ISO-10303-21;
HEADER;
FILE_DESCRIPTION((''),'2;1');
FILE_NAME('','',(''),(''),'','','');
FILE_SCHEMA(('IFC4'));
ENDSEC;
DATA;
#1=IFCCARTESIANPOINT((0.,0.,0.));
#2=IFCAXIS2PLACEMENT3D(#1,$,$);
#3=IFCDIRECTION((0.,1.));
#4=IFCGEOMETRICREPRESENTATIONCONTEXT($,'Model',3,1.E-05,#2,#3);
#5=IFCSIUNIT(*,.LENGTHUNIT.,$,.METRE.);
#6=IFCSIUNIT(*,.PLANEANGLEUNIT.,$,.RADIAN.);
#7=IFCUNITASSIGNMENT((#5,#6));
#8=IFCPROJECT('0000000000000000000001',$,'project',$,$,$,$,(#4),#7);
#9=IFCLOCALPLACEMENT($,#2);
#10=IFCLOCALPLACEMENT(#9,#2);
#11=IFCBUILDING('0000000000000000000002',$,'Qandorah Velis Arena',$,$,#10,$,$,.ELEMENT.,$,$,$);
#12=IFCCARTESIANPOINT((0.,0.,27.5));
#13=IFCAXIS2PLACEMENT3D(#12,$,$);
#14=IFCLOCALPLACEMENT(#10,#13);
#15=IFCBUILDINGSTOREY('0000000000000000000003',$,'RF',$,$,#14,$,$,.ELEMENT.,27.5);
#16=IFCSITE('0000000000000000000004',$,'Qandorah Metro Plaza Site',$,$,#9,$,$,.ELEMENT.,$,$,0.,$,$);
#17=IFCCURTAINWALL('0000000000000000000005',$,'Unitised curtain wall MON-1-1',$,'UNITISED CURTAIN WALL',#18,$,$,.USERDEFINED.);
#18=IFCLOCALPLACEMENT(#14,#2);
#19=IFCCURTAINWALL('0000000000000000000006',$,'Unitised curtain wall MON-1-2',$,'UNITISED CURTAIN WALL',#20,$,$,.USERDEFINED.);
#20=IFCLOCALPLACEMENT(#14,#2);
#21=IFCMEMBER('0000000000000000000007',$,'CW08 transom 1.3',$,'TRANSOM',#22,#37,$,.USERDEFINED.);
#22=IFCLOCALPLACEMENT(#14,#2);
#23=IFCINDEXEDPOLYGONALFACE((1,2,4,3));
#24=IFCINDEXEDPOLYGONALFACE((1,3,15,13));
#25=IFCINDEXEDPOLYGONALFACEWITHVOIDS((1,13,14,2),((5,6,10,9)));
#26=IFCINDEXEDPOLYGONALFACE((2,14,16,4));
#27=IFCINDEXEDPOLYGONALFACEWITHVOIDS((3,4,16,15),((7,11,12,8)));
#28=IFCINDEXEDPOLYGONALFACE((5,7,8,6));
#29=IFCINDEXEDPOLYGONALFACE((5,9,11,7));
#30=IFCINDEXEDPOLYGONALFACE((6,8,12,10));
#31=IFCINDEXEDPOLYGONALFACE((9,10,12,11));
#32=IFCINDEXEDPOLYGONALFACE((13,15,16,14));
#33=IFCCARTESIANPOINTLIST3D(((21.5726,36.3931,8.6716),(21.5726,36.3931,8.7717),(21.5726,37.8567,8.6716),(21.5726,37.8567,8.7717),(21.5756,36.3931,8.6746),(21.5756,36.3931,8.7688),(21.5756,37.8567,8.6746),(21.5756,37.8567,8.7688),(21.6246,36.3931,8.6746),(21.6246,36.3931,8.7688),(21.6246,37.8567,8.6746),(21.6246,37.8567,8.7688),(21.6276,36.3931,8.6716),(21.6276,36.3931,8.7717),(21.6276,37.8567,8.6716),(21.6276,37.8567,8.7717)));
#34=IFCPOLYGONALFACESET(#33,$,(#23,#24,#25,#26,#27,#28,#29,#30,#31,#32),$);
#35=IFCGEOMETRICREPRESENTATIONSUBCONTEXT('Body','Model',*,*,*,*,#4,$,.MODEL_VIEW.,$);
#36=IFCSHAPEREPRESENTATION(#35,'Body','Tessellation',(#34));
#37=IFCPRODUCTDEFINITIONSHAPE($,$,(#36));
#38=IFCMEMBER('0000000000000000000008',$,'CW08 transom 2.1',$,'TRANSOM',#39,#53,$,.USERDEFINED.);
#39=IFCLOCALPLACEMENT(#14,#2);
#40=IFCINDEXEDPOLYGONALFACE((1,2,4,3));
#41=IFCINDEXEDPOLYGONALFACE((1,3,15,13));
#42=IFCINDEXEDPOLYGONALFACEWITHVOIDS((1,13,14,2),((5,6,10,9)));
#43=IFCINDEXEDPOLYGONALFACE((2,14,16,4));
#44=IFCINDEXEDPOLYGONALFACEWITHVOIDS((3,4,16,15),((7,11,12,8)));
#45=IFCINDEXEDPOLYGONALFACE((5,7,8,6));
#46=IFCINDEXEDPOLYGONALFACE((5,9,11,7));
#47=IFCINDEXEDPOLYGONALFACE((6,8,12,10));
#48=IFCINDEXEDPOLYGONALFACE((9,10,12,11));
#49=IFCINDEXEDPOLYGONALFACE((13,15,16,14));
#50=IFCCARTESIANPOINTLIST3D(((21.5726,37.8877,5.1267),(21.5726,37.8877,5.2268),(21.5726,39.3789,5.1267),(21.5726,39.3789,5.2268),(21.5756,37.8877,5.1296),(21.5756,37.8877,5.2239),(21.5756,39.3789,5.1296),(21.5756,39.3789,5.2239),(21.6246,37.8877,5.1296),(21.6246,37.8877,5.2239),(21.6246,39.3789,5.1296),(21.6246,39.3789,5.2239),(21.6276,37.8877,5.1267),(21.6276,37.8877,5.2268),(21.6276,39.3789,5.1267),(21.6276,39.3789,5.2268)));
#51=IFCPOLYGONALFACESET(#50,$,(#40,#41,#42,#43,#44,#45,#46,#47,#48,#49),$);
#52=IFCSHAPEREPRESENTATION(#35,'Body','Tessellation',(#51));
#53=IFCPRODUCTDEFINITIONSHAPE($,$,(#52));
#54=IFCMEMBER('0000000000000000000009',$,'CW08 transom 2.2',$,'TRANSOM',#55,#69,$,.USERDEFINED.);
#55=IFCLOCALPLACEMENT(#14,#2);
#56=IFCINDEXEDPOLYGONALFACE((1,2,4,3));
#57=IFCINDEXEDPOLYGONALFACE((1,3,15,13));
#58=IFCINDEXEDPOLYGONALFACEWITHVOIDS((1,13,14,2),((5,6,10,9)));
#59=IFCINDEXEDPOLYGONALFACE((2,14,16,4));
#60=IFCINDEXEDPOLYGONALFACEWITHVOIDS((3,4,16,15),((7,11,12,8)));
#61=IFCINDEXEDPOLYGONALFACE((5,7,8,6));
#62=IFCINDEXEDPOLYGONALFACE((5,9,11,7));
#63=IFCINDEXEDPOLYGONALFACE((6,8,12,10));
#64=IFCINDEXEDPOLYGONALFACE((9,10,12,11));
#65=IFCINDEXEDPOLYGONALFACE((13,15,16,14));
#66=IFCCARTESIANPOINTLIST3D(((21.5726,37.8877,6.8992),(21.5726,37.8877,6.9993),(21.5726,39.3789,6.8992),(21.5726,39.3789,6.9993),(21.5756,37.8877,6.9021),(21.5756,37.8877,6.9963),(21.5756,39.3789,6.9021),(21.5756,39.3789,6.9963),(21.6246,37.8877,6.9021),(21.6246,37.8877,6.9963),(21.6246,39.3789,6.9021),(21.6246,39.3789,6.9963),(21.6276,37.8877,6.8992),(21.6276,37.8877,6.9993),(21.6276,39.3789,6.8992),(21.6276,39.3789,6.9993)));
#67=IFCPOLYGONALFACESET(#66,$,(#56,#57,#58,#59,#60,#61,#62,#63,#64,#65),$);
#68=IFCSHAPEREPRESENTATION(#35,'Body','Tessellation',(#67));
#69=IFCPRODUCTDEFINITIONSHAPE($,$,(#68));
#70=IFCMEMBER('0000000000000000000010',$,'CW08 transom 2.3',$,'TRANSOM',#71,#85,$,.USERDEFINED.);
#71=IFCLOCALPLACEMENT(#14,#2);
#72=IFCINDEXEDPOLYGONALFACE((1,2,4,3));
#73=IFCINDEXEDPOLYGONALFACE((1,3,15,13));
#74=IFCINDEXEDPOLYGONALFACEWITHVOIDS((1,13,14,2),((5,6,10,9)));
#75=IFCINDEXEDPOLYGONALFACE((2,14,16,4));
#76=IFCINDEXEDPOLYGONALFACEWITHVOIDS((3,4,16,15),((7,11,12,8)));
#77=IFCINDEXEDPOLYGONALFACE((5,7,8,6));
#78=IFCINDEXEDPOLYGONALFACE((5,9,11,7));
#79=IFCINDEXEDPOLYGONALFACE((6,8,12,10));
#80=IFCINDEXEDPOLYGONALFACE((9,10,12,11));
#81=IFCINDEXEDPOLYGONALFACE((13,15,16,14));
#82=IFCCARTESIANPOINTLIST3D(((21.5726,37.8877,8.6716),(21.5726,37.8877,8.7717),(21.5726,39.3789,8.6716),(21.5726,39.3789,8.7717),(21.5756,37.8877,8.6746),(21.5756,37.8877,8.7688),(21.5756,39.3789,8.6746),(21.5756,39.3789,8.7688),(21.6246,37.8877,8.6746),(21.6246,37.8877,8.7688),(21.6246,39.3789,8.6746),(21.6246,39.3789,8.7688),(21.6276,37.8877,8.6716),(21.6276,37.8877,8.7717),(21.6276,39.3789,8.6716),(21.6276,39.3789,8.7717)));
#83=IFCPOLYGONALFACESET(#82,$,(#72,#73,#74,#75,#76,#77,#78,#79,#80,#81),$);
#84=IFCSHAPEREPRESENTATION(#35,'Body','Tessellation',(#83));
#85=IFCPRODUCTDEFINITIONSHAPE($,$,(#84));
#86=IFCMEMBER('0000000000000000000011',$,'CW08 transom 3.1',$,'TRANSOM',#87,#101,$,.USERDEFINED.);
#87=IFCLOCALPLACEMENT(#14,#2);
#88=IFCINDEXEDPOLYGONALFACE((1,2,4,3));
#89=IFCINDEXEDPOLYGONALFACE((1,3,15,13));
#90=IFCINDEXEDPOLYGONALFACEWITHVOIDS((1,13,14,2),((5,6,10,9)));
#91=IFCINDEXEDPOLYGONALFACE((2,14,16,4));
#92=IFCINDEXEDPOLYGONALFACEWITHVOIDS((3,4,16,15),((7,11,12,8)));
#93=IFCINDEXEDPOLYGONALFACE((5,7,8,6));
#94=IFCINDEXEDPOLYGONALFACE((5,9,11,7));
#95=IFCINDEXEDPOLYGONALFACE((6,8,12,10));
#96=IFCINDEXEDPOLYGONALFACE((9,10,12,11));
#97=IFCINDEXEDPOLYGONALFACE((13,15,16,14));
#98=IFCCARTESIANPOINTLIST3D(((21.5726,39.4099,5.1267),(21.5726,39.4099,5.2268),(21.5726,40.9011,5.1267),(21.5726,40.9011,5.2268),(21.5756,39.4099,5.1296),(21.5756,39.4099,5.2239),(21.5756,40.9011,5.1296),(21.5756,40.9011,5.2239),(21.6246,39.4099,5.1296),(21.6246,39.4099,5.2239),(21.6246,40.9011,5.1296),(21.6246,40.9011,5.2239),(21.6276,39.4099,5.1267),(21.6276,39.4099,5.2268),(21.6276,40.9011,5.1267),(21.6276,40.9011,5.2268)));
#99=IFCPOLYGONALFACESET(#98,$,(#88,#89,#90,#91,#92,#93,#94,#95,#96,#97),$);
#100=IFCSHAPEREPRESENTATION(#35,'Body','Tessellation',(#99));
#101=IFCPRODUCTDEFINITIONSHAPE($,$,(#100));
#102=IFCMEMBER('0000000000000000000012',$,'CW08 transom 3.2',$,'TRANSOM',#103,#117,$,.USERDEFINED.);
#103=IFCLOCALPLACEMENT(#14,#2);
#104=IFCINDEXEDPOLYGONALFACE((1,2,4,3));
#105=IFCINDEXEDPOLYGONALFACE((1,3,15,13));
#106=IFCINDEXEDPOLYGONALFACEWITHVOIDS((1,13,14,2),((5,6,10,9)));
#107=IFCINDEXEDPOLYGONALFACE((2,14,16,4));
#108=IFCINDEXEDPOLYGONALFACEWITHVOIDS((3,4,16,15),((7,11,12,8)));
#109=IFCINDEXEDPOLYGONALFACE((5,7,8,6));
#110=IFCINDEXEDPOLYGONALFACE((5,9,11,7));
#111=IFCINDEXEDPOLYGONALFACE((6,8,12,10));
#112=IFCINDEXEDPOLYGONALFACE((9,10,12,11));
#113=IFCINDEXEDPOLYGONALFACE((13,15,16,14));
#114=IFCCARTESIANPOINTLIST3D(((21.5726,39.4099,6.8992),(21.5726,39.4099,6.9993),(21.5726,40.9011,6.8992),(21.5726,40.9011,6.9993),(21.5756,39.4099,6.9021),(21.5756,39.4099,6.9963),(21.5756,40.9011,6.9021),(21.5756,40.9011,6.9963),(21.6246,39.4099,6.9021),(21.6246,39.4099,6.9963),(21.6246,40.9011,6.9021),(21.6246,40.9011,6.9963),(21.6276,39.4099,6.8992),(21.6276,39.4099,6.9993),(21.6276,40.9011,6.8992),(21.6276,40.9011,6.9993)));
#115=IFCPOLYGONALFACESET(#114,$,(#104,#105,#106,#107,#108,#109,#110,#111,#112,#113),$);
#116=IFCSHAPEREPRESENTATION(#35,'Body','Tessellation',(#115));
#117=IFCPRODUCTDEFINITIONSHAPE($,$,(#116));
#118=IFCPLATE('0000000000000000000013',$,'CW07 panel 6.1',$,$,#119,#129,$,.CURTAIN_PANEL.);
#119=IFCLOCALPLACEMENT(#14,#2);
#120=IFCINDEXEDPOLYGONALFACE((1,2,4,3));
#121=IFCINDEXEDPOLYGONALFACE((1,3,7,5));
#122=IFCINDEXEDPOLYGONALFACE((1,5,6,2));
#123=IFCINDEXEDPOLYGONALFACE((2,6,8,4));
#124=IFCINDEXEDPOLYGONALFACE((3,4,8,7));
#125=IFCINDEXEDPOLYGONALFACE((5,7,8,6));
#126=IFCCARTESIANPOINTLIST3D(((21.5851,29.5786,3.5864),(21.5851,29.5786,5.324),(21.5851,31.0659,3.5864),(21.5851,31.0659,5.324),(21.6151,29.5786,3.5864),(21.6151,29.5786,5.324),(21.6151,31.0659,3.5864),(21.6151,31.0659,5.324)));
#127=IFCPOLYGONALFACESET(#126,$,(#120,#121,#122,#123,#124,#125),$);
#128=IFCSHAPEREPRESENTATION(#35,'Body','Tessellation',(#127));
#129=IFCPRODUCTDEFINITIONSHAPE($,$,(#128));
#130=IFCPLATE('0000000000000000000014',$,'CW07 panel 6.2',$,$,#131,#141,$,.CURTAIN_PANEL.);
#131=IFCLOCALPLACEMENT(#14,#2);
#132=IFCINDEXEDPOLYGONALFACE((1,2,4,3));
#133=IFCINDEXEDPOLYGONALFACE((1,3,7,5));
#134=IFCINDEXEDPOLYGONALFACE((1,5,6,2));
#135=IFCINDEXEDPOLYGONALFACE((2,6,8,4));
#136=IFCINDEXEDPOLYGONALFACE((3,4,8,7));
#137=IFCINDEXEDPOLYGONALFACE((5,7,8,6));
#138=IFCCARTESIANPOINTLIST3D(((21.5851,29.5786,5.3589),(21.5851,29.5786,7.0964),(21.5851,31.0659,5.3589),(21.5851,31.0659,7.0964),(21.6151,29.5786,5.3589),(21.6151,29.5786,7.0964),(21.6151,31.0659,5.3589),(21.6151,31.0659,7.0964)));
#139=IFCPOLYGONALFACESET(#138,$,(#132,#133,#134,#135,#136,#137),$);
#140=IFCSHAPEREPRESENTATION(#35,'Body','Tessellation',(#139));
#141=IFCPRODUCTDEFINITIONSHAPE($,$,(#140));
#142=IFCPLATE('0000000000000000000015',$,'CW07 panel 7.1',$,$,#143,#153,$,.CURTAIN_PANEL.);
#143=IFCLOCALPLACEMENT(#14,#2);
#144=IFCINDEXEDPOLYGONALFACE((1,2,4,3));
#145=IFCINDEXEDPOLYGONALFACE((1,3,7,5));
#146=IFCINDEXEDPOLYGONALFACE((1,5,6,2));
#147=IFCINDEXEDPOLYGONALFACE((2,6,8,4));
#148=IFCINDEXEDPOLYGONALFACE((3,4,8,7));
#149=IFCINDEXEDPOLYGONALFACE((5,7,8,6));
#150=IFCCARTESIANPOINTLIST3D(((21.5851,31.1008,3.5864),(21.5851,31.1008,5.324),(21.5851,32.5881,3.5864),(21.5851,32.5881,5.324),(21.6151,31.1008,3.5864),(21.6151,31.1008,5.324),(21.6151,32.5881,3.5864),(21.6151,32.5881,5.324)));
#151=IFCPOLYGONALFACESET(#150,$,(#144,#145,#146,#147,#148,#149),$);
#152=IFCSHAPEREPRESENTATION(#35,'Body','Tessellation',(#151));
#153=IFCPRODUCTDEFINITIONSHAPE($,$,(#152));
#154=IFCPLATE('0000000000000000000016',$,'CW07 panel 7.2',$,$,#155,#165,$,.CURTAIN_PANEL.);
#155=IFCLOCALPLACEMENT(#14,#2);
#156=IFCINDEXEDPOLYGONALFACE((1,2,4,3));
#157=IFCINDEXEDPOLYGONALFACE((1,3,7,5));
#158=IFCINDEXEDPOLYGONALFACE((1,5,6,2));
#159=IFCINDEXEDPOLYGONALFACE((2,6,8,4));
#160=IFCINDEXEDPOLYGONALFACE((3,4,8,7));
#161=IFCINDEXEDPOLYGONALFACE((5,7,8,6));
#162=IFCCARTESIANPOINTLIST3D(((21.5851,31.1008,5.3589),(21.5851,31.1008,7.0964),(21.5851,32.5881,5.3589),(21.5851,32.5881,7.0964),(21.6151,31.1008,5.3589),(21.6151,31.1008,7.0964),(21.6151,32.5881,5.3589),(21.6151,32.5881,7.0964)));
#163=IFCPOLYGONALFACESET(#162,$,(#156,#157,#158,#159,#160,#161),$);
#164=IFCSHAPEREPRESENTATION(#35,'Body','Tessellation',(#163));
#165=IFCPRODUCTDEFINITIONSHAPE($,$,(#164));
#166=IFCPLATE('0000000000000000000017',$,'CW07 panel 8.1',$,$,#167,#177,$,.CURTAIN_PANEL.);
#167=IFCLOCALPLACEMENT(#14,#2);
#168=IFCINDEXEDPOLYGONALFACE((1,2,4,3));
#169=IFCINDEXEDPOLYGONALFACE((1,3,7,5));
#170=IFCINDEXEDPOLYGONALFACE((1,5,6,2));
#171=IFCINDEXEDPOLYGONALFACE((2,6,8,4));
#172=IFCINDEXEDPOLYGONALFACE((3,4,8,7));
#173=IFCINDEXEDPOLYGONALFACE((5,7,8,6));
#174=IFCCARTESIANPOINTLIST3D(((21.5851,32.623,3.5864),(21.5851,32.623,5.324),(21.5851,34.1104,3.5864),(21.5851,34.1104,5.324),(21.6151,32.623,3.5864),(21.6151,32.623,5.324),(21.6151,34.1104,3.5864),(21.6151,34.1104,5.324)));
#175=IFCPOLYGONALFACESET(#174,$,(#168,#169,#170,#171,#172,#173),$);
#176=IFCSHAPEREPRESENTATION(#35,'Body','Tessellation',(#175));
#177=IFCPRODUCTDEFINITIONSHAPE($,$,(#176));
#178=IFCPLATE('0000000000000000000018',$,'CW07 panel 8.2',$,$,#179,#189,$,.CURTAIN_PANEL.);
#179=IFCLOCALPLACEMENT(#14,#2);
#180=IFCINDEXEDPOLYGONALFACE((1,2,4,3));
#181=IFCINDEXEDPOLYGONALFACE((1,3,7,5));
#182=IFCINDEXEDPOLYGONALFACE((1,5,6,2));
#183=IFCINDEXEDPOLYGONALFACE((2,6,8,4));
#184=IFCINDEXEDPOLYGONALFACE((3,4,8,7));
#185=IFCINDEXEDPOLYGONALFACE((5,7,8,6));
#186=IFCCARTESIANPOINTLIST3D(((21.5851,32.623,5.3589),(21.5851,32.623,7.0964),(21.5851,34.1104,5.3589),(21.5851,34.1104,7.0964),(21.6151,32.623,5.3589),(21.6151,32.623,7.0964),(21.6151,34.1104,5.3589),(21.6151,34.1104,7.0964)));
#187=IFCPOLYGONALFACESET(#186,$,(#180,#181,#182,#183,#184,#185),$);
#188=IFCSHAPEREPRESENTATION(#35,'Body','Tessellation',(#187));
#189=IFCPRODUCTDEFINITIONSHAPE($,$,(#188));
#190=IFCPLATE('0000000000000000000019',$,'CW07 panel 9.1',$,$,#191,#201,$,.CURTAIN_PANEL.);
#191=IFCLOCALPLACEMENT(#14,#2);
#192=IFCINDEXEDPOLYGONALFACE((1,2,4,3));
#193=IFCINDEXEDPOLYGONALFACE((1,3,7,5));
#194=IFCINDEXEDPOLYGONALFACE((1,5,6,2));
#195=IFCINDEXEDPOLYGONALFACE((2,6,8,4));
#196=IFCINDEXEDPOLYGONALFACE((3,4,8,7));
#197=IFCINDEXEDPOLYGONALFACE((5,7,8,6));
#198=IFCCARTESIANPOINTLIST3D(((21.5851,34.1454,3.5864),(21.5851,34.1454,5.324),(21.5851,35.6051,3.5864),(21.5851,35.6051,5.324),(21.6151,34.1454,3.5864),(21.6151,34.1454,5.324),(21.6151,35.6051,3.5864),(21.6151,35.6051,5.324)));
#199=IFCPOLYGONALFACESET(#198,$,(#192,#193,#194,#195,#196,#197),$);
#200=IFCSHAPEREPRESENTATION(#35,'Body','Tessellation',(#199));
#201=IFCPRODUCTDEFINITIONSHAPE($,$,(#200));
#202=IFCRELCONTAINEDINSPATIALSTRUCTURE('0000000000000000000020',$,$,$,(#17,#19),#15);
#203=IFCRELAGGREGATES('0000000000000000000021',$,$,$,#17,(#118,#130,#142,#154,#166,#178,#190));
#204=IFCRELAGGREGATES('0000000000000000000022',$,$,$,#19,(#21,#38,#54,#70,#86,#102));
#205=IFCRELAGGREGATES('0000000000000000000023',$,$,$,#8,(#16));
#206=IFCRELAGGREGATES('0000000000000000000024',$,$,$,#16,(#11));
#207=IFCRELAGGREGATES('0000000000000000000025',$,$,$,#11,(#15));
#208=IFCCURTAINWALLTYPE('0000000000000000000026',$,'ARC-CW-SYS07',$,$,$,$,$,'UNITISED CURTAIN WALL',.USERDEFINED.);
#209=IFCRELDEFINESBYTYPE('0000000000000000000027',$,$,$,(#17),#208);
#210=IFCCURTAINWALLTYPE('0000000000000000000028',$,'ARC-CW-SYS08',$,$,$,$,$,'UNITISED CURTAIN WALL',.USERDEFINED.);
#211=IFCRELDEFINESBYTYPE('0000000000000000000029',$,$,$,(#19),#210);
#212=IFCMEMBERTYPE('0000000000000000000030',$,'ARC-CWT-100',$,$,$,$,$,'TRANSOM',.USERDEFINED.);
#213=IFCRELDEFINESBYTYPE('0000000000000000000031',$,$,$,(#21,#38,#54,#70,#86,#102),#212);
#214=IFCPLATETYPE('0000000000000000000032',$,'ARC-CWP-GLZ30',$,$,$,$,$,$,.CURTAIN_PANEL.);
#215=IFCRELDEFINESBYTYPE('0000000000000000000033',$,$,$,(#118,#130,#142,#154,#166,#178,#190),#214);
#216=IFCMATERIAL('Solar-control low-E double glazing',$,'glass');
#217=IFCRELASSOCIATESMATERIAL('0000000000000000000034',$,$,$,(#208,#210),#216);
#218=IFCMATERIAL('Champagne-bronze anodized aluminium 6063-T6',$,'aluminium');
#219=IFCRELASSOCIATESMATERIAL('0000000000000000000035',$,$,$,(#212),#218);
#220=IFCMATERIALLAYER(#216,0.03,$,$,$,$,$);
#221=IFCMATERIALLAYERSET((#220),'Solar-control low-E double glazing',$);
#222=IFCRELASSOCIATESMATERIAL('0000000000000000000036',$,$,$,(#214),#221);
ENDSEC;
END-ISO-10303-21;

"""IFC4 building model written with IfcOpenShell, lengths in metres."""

from ifc_helpers import new_model, si_unit, direction, frame, origin, origin_2d, place, context, subcontext, project, spatial, rectangle, hollow_rectangle, extrude, material, layer, layer_set, material_profile, profile_set, type_object, element, aggregate, save


model = new_model("IFC4")

# Units and contexts
model_context = context("Model", 3, precision=1e-05, world=origin(), true_north=direction((0.0, 1.0)))
body_context = subcontext(model_context, "Body", "Model", "MODEL_VIEW")
ifc_project = project(units=[si_unit("LENGTHUNIT", "METRE"), si_unit("PLANEANGLEUNIT", "RADIAN")], contexts=[model_context])

# Site, building, storey
site_placement = place(None, origin())
site = spatial("IfcSite", under=ifc_project, at=site_placement, Name="Qandorah Metro Plaza Site", CompositionType="ELEMENT", RefElevation=0.0)
building_placement = place(site_placement, origin())
building = spatial("IfcBuilding", under=site, at=building_placement, Name="Qandorah Velis Arena", CompositionType="ELEMENT")
storey_placement = place(building_placement, frame((0.0, 0.0, 27.5)))
storey = spatial("IfcBuildingStorey", under=building, at=storey_placement, Name="RF", CompositionType="ELEMENT", Elevation=27.5)

# Curtain walls
ifc_material_1 = material(Name="Solar-control low-E double glazing", Category="glass")
curtain_wall_type_1 = type_object("IfcCurtainWallType", Name="ARC-CW-SYS07", ElementType="UNITISED CURTAIN WALL", PredefinedType="USERDEFINED", material=ifc_material_1)
curtain_wall_1_placement = place(storey_placement, origin())
curtain_wall_1 = element("IfcCurtainWall", 1, at=curtain_wall_1_placement, inside=storey, type_object=curtain_wall_type_1, Name="Unitised curtain wall MON-1-1", ObjectType="UNITISED CURTAIN WALL", PredefinedType="USERDEFINED")
ifc_material_2 = material(Name="Champagne-bronze anodized aluminium 6063-T6", Category="aluminium")
curtain_wall_type_2 = type_object("IfcCurtainWallType", Name="ARC-CW-SYS08", ElementType="UNITISED CURTAIN WALL", PredefinedType="USERDEFINED", material=ifc_material_1)
curtain_wall_2_placement = place(storey_placement, origin())
curtain_wall_2 = element("IfcCurtainWall", 2, at=curtain_wall_2_placement, inside=storey, type_object=curtain_wall_type_2, Name="Unitised curtain wall MON-1-2", ObjectType="UNITISED CURTAIN WALL", PredefinedType="USERDEFINED")

# Members
ifc_material_profile_1 = material_profile(ifc_material_2, hollow_rectangle(XDim=0.0549, YDim=0.1001, WallThickness=0.0029, at=origin_2d()), Name="ALU TRANSOM 55x100")
ifc_profile_set_1 = profile_set([ifc_material_profile_1], Name="Champagne-bronze anodized aluminium 6063-T6")
member_type_1 = type_object("IfcMemberType", Name="ARC-CWT-100", ElementType="TRANSOM", PredefinedType="USERDEFINED", material=ifc_profile_set_1)
member_1_placement = place(storey_placement, frame((21.6001, 36.3931, 8.7217), z_axis=(0.0, 1.0, 0.0), x_axis=(-1.0, 0.0, 0.0)))
member_1 = element("IfcMember", 3, at=member_1_placement, type_object=member_type_1, Name="CW08 transom 1.3", ObjectType="TRANSOM", PredefinedType="USERDEFINED", context=body_context, shape_type="SweptSolid", body=[
    extrude(hollow_rectangle(XDim=0.0549, YDim=0.1001, WallThickness=0.0029, at=origin_2d()), origin(), (0.0, 0.0, 1.0), 1.4636),
])
member_2_placement = place(storey_placement, frame((21.6001, 37.8877, 5.1768), z_axis=(0.0, 1.0, 0.0), x_axis=(-1.0, 0.0, 0.0)))
member_2 = element("IfcMember", 4, at=member_2_placement, type_object=member_type_1, Name="CW08 transom 2.1", ObjectType="TRANSOM", PredefinedType="USERDEFINED", context=body_context, shape_type="SweptSolid", body=[
    extrude(hollow_rectangle(XDim=0.0549, YDim=0.1001, WallThickness=0.0029, at=origin_2d()), origin(), (0.0, 0.0, 1.0), 1.4912),
])
member_3_placement = place(storey_placement, frame((21.6001, 37.8877, 6.9492), z_axis=(0.0, 1.0, 0.0), x_axis=(-1.0, 0.0, 0.0)))
member_3 = element("IfcMember", 5, at=member_3_placement, type_object=member_type_1, Name="CW08 transom 2.2", ObjectType="TRANSOM", PredefinedType="USERDEFINED", context=body_context, shape_type="SweptSolid", body=[
    extrude(hollow_rectangle(XDim=0.0549, YDim=0.1001, WallThickness=0.0029, at=origin_2d()), origin(), (0.0, 0.0, 1.0), 1.4912),
])
member_4_placement = place(storey_placement, frame((21.6001, 37.8877, 8.7217), z_axis=(0.0, 1.0, 0.0), x_axis=(-1.0, 0.0, 0.0)))
member_4 = element("IfcMember", 6, at=member_4_placement, type_object=member_type_1, Name="CW08 transom 2.3", ObjectType="TRANSOM", PredefinedType="USERDEFINED", context=body_context, shape_type="SweptSolid", body=[
    extrude(hollow_rectangle(XDim=0.0549, YDim=0.1001, WallThickness=0.0029, at=origin_2d()), origin(), (0.0, 0.0, 1.0), 1.4912),
])
member_5_placement = place(storey_placement, frame((21.6001, 39.4099, 5.1768), z_axis=(0.0, 1.0, 0.0), x_axis=(-1.0, 0.0, 0.0)))
member_5 = element("IfcMember", 7, at=member_5_placement, type_object=member_type_1, Name="CW08 transom 3.1", ObjectType="TRANSOM", PredefinedType="USERDEFINED", context=body_context, shape_type="SweptSolid", body=[
    extrude(hollow_rectangle(XDim=0.0549, YDim=0.1001, WallThickness=0.0029, at=origin_2d()), origin(), (0.0, 0.0, 1.0), 1.4912),
])
member_6_placement = place(storey_placement, frame((21.6001, 39.4099, 6.9492), z_axis=(0.0, 1.0, 0.0), x_axis=(-1.0, 0.0, 0.0)))
member_6 = element("IfcMember", 8, at=member_6_placement, type_object=member_type_1, Name="CW08 transom 3.2", ObjectType="TRANSOM", PredefinedType="USERDEFINED", context=body_context, shape_type="SweptSolid", body=[
    extrude(hollow_rectangle(XDim=0.0549, YDim=0.1001, WallThickness=0.0029, at=origin_2d()), origin(), (0.0, 0.0, 1.0), 1.4912),
])

# Plates
ifc_layer = layer(ifc_material_1, 0.03)
ifc_layer_set = layer_set([ifc_layer], Name="Solar-control low-E double glazing")
plate_type = type_object("IfcPlateType", Name="ARC-CWP-GLZ30", PredefinedType="CURTAIN_PANEL", material=ifc_layer_set)
plate_1_placement = place(storey_placement, frame((21.6001, 30.3223, 3.5864), z_axis=(0.0, 0.0, 1.0), x_axis=(0.0, 1.0, 0.0)))
plate_1 = element("IfcPlate", 9, at=plate_1_placement, type_object=plate_type, Name="CW07 panel 6.1", PredefinedType="CURTAIN_PANEL", context=body_context, shape_type="SweptSolid", body=[
    extrude(rectangle(XDim=1.4873, YDim=0.03, at=origin_2d()), origin(), (0.0, 0.0, 1.0), 1.7375),
])
plate_2_placement = place(storey_placement, frame((21.6001, 30.3223, 5.3589), z_axis=(0.0, 0.0, 1.0), x_axis=(0.0, 1.0, 0.0)))
plate_2 = element("IfcPlate", 10, at=plate_2_placement, type_object=plate_type, Name="CW07 panel 6.2", PredefinedType="CURTAIN_PANEL", context=body_context, shape_type="SweptSolid", body=[
    extrude(rectangle(XDim=1.4873, YDim=0.03, at=origin_2d()), origin(), (0.0, 0.0, 1.0), 1.7375),
])
plate_3_placement = place(storey_placement, frame((21.6001, 31.8445, 3.5864), z_axis=(0.0, 0.0, 1.0), x_axis=(0.0, 1.0, 0.0)))
plate_3 = element("IfcPlate", 11, at=plate_3_placement, type_object=plate_type, Name="CW07 panel 7.1", PredefinedType="CURTAIN_PANEL", context=body_context, shape_type="SweptSolid", body=[
    extrude(rectangle(XDim=1.4873, YDim=0.03, at=origin_2d()), origin(), (0.0, 0.0, 1.0), 1.7375),
])
plate_4_placement = place(storey_placement, frame((21.6001, 31.8445, 5.3589), z_axis=(0.0, 0.0, 1.0), x_axis=(0.0, 1.0, 0.0)))
plate_4 = element("IfcPlate", 12, at=plate_4_placement, type_object=plate_type, Name="CW07 panel 7.2", PredefinedType="CURTAIN_PANEL", context=body_context, shape_type="SweptSolid", body=[
    extrude(rectangle(XDim=1.4873, YDim=0.03, at=origin_2d()), origin(), (0.0, 0.0, 1.0), 1.7375),
])
plate_5_placement = place(storey_placement, frame((21.6001, 33.3667, 3.5864), z_axis=(0.0, 0.0, 1.0), x_axis=(0.0, 1.0, 0.0)))
plate_5 = element("IfcPlate", 13, at=plate_5_placement, type_object=plate_type, Name="CW07 panel 8.1", PredefinedType="CURTAIN_PANEL", context=body_context, shape_type="SweptSolid", body=[
    extrude(rectangle(XDim=1.4873, YDim=0.03, at=origin_2d()), origin(), (0.0, 0.0, 1.0), 1.7375),
])
plate_6_placement = place(storey_placement, frame((21.6001, 33.3667, 5.3589), z_axis=(0.0, 0.0, 1.0), x_axis=(0.0, 1.0, 0.0)))
plate_6 = element("IfcPlate", 14, at=plate_6_placement, type_object=plate_type, Name="CW07 panel 8.2", PredefinedType="CURTAIN_PANEL", context=body_context, shape_type="SweptSolid", body=[
    extrude(rectangle(XDim=1.4873, YDim=0.03, at=origin_2d()), origin(), (0.0, 0.0, 1.0), 1.7375),
])
plate_7_placement = place(storey_placement, frame((21.6001, 34.8752, 3.5864), z_axis=(0.0, 0.0, 1.0), x_axis=(0.0, 1.0, 0.0)))
plate_7 = element("IfcPlate", 15, at=plate_7_placement, type_object=plate_type, Name="CW07 panel 9.1", PredefinedType="CURTAIN_PANEL", context=body_context, shape_type="SweptSolid", body=[
    extrude(rectangle(XDim=1.4597, YDim=0.03, at=origin_2d()), origin(), (0.0, 0.0, 1.0), 1.7375),
])
aggregate(curtain_wall_1, [plate_1, plate_2, plate_3, plate_4, plate_5, plate_6, plate_7])
aggregate(curtain_wall_2, [member_1, member_2, member_3, member_4, member_5, member_6])

save(model, "model.ifc")
